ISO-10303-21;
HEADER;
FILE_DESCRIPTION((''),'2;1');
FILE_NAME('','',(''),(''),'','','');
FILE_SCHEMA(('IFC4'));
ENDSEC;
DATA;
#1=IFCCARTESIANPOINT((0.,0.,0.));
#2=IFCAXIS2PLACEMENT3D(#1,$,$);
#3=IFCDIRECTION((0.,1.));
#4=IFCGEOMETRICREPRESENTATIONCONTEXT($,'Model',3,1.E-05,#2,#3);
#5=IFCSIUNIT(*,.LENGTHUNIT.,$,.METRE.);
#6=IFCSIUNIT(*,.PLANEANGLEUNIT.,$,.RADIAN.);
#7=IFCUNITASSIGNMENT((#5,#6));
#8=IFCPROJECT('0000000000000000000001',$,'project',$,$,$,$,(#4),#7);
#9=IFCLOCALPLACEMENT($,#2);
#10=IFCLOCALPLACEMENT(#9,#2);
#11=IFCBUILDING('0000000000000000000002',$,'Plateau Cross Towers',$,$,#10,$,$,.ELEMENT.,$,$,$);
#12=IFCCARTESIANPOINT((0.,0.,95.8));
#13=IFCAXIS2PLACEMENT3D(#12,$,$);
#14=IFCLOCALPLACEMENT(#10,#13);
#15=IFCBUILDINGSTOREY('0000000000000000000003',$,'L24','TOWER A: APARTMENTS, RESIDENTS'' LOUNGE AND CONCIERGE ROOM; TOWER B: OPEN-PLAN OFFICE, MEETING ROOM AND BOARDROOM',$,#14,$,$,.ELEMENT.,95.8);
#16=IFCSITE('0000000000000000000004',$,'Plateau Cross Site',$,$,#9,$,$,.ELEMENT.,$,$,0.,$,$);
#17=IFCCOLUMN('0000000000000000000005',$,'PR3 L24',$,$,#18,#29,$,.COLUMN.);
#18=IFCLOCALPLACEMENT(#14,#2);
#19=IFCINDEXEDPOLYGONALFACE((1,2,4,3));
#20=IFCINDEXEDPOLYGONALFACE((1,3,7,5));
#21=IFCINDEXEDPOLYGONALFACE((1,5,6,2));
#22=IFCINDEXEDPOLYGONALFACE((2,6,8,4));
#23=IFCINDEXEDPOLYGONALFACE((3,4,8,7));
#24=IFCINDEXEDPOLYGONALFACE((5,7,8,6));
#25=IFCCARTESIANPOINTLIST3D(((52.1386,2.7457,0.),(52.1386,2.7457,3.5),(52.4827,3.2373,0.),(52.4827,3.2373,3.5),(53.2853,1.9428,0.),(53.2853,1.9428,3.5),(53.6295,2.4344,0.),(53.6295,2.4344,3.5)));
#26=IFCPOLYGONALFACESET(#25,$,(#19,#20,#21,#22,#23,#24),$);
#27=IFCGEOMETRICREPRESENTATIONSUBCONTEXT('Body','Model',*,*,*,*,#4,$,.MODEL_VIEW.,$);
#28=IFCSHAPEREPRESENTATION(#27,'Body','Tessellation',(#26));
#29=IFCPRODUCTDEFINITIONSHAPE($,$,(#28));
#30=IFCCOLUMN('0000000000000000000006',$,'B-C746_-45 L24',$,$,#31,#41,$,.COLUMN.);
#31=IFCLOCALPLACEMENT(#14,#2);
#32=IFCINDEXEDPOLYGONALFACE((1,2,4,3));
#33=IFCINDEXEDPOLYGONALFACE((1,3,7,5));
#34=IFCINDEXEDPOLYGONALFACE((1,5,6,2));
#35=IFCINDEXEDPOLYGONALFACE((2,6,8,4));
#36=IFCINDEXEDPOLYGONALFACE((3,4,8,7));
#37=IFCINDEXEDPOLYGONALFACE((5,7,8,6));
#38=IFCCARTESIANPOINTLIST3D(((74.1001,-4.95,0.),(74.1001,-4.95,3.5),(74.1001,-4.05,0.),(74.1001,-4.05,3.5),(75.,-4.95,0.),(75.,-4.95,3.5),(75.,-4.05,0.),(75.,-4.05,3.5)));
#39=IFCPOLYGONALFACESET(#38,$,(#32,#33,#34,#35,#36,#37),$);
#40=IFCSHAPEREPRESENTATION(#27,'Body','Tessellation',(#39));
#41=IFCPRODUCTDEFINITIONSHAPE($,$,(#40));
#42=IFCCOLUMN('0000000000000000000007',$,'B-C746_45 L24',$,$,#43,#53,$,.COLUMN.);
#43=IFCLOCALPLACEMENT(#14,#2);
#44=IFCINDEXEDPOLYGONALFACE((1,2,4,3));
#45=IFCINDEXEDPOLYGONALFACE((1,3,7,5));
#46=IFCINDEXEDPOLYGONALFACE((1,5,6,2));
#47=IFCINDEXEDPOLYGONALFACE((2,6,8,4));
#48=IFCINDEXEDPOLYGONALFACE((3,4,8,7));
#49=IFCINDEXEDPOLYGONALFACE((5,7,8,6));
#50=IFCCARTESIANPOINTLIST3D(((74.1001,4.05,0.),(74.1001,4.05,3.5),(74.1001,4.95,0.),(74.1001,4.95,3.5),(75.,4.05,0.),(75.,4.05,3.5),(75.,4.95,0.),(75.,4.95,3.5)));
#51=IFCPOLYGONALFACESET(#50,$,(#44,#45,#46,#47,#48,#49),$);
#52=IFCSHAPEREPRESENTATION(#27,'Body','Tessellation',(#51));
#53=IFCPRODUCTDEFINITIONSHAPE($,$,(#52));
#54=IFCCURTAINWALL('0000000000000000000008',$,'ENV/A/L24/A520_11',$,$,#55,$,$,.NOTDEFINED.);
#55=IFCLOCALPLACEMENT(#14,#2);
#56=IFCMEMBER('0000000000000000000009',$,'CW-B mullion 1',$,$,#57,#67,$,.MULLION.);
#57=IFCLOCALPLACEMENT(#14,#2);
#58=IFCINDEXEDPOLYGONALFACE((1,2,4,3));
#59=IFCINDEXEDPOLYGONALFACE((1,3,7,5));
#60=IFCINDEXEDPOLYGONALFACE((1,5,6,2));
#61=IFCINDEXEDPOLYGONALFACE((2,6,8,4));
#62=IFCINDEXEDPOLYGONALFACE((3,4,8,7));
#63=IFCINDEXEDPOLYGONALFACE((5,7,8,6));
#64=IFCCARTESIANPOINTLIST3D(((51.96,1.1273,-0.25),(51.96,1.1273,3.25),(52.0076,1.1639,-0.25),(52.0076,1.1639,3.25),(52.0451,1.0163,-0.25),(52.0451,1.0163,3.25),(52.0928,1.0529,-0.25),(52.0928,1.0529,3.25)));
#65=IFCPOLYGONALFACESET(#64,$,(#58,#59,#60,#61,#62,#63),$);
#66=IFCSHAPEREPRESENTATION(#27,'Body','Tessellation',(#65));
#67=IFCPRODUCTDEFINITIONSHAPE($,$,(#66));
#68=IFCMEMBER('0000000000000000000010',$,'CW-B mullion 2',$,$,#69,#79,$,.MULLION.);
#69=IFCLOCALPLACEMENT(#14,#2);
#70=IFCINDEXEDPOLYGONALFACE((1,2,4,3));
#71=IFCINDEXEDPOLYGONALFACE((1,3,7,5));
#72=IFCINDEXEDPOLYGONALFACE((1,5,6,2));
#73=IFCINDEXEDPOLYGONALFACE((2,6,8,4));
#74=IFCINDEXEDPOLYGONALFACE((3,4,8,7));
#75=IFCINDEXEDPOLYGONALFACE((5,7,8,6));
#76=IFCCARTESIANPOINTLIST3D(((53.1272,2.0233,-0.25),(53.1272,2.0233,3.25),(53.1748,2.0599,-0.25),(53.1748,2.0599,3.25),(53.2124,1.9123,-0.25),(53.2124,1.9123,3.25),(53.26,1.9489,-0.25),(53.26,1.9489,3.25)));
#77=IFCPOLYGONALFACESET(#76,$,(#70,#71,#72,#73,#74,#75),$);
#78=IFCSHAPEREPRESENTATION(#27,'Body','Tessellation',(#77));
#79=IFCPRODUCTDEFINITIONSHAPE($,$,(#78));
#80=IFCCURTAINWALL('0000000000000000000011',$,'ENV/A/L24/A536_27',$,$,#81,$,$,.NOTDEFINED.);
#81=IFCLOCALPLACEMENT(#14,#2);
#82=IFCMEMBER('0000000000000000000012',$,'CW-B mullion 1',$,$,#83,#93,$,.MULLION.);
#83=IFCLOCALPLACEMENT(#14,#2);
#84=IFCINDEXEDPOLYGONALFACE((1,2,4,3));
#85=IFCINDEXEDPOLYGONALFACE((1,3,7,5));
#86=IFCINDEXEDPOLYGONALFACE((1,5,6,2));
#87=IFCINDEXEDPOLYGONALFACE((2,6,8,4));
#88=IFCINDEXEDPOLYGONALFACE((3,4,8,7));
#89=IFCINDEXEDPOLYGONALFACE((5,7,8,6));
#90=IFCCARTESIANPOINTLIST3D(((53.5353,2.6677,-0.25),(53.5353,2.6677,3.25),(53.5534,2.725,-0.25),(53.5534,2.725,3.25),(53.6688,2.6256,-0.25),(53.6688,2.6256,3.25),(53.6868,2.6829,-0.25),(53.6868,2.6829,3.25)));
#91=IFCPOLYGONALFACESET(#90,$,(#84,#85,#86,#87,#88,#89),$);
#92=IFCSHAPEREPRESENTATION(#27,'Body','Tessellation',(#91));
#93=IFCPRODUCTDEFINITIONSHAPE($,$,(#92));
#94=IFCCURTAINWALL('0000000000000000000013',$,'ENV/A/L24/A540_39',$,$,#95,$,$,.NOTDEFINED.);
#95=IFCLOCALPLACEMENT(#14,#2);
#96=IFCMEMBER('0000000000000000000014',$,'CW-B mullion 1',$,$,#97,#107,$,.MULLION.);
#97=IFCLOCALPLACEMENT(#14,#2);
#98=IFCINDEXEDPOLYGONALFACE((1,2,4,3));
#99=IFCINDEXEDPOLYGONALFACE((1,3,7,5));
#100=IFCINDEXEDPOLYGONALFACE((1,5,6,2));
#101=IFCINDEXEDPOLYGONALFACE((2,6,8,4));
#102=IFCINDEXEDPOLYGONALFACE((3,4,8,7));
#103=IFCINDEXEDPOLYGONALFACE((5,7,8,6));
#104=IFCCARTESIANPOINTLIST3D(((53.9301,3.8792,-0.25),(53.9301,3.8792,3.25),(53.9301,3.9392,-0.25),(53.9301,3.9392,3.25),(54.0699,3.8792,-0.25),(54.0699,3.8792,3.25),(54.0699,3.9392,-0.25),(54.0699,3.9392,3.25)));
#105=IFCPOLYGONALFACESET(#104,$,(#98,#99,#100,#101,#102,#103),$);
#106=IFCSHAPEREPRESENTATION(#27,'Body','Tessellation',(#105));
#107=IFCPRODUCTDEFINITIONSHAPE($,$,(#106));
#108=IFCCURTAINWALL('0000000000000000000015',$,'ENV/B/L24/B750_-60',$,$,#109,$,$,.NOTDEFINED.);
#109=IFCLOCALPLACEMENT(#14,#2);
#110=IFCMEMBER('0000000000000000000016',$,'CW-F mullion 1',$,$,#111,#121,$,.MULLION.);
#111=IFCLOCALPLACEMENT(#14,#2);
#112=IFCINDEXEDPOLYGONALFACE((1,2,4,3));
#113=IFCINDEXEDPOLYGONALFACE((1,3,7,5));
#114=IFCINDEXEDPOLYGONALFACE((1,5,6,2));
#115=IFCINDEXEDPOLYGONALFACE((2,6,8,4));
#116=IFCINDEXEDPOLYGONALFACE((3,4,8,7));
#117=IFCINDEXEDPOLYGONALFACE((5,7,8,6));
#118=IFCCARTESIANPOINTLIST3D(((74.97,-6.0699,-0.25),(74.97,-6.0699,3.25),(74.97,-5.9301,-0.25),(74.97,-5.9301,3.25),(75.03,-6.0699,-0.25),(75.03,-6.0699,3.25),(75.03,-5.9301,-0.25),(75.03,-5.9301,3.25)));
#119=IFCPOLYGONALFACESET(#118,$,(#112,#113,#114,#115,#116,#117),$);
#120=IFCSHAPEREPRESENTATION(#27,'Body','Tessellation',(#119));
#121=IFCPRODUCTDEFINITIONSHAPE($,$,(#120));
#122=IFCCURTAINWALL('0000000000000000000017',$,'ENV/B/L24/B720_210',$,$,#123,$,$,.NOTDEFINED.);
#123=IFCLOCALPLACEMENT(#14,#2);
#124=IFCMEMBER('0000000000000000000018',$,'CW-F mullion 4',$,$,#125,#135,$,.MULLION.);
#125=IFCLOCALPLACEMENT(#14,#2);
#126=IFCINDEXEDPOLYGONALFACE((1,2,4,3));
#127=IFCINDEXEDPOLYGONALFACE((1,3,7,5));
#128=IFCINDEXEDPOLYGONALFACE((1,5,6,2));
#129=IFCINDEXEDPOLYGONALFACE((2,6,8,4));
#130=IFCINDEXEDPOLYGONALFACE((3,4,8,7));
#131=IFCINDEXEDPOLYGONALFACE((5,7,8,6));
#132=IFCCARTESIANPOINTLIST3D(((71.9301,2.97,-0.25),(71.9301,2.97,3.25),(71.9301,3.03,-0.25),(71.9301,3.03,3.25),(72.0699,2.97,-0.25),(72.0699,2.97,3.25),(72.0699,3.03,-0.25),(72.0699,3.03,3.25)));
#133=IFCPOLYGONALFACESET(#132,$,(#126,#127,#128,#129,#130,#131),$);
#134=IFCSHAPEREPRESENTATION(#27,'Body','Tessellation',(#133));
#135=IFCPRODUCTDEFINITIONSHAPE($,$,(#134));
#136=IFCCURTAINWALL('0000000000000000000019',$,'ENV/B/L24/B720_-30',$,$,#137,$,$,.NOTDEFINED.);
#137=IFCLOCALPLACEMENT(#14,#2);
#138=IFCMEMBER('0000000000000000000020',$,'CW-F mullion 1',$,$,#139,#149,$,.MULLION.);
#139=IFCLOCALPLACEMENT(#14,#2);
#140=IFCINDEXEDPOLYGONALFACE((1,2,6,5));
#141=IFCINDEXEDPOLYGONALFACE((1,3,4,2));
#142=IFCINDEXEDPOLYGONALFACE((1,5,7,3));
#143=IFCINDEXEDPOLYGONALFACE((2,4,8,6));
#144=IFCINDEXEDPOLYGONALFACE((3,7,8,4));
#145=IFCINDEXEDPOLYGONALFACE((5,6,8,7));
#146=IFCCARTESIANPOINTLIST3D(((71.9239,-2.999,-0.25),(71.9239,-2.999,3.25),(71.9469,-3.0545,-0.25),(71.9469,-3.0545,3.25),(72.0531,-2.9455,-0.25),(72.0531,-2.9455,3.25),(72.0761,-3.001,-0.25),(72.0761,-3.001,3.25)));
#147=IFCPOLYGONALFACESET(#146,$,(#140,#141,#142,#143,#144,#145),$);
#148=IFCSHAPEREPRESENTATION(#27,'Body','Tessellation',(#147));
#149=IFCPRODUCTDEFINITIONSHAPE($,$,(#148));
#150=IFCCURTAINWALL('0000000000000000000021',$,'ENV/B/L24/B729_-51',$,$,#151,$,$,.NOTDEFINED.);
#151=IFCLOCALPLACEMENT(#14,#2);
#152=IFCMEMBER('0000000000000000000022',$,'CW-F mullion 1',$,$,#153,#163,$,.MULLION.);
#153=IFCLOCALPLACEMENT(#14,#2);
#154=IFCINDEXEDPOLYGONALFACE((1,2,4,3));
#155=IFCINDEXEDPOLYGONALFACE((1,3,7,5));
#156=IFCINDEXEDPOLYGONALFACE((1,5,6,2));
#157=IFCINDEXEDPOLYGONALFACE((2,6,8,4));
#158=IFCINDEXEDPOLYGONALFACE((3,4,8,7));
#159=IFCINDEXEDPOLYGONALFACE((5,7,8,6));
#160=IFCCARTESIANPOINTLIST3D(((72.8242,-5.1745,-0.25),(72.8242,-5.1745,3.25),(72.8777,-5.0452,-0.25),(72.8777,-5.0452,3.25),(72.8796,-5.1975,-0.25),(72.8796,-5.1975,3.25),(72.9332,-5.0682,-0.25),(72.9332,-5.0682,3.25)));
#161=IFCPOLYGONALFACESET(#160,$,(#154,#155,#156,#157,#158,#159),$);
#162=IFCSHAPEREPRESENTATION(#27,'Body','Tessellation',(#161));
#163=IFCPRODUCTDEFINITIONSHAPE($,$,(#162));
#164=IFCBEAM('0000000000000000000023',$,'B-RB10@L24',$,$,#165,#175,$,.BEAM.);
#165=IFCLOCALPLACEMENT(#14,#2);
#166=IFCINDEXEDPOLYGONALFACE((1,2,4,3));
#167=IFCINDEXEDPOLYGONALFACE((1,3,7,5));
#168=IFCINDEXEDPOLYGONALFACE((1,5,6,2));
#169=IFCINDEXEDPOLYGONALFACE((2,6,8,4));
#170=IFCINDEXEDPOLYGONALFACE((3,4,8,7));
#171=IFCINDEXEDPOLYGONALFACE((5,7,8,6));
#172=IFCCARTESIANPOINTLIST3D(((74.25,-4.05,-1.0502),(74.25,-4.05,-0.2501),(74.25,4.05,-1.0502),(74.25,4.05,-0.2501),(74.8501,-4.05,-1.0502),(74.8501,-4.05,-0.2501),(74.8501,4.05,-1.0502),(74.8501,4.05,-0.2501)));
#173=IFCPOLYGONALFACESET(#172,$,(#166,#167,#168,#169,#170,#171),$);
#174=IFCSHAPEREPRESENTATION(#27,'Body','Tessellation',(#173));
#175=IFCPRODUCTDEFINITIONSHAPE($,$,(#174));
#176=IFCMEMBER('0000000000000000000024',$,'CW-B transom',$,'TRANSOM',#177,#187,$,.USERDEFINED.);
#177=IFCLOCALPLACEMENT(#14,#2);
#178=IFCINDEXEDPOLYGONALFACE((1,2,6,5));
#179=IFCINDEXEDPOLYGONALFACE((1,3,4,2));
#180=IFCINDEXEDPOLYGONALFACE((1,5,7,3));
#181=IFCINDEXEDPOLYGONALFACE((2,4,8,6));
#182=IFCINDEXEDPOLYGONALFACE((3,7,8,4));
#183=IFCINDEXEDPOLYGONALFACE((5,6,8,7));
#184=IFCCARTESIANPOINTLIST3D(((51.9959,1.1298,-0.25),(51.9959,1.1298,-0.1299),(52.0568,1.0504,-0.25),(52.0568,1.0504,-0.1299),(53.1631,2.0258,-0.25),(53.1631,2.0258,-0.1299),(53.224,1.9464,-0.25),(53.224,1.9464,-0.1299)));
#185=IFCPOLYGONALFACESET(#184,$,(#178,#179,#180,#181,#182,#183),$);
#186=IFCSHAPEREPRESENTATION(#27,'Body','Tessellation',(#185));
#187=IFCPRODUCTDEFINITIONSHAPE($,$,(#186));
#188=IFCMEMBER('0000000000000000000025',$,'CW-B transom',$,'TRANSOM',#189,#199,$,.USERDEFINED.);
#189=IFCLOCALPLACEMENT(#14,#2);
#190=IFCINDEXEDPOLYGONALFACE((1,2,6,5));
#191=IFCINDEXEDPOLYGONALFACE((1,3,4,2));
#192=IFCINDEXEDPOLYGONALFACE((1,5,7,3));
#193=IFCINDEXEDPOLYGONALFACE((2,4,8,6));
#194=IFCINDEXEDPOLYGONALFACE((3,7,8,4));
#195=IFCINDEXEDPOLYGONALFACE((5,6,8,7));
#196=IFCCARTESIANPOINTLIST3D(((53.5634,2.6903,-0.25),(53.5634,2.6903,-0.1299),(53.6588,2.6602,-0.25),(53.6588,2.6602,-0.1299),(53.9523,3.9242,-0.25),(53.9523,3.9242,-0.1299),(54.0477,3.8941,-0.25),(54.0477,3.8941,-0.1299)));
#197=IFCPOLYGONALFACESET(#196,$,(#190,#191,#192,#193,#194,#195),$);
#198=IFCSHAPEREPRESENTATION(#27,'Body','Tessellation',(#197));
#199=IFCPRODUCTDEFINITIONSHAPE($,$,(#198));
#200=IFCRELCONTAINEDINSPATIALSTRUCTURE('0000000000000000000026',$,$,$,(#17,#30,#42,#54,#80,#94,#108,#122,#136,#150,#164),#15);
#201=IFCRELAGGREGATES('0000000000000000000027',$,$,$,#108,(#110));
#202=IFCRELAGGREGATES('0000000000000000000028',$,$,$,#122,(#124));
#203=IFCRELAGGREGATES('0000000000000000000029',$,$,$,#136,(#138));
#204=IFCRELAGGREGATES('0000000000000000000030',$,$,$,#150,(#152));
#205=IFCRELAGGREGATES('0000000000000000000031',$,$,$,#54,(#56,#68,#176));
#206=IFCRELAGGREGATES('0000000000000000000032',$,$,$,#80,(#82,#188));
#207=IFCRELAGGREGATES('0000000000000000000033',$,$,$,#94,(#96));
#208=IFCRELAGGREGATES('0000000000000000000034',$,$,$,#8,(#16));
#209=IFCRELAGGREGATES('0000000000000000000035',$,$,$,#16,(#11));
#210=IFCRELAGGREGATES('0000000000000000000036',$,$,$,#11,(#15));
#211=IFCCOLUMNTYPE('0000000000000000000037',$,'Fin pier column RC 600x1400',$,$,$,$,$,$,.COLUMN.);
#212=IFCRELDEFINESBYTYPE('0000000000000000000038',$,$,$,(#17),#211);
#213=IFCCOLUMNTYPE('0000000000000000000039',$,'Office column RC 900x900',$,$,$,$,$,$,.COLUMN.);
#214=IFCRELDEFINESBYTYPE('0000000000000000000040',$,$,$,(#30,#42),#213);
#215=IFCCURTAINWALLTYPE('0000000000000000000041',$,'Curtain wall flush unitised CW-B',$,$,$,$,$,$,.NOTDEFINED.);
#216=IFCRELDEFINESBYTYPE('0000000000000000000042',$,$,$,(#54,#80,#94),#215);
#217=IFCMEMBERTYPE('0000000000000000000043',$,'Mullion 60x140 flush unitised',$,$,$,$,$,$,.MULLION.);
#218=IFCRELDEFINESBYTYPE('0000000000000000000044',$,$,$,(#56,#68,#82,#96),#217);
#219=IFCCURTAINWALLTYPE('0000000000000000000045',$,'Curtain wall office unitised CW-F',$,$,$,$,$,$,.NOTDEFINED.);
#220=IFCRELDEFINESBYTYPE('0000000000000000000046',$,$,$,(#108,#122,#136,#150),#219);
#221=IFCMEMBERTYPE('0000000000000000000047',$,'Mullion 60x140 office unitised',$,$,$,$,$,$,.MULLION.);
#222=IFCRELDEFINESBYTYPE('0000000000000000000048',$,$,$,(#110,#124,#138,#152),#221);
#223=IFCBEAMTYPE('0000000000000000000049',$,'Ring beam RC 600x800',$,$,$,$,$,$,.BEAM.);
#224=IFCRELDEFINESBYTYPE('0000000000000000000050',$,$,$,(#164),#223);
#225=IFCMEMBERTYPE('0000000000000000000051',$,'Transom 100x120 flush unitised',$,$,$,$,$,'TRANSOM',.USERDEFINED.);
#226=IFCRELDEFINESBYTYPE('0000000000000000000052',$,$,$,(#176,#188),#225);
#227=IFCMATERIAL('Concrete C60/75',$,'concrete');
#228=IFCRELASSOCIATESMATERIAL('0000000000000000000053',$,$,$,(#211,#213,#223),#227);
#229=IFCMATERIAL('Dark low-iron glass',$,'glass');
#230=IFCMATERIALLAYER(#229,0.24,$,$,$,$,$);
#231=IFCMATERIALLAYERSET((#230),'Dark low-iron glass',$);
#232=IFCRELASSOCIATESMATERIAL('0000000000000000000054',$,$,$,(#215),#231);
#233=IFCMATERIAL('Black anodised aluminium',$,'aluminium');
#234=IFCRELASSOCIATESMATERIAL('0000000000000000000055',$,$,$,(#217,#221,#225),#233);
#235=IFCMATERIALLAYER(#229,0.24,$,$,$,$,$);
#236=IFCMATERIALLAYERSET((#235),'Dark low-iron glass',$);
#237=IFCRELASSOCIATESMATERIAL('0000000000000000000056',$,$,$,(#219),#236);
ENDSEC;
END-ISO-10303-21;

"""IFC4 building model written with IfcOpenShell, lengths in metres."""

from ifc_helpers import new_model, si_unit, direction, frame, origin, origin_2d, place, context, subcontext, project, spatial, rectangle, extrude, material, layer, layer_set, material_profile, profile_set, type_object, element, aggregate, save


model = new_model("IFC4")

# Units and contexts
model_context = context("Model", 3, precision=1e-05, world=origin(), true_north=direction((0.0, 1.0)))
body_context = subcontext(model_context, "Body", "Model", "MODEL_VIEW")
ifc_project = project(units=[si_unit("LENGTHUNIT", "METRE"), si_unit("PLANEANGLEUNIT", "RADIAN")], contexts=[model_context])

# Site, building, storey
site_placement = place(None, origin())
site = spatial("IfcSite", under=ifc_project, at=site_placement, Name="Plateau Cross Site", CompositionType="ELEMENT", RefElevation=0.0)
building_placement = place(site_placement, origin())
building = spatial("IfcBuilding", under=site, at=building_placement, Name="Plateau Cross Towers", CompositionType="ELEMENT")
storey_placement = place(building_placement, frame((0.0, 0.0, 95.8)))
storey = spatial("IfcBuildingStorey", under=building, at=storey_placement, Name="L24", Description="TOWER A: APARTMENTS, RESIDENTS' LOUNGE AND CONCIERGE ROOM; TOWER B: OPEN-PLAN OFFICE, MEETING ROOM AND BOARDROOM", CompositionType="ELEMENT", Elevation=95.8)

# Columns
ifc_material_1 = material(Name="Concrete C60/75", Category="concrete")
ifc_material_profile_1 = material_profile(ifc_material_1, rectangle(XDim=0.6001, YDim=1.3999, at=origin_2d()), Name="RC 600x1400")
ifc_profile_set_1 = profile_set([ifc_material_profile_1], Name="Concrete C60/75")
column_type_1 = type_object("IfcColumnType", Name="Fin pier column RC 600x1400", PredefinedType="COLUMN", material=ifc_profile_set_1)
column_placement = place(storey_placement, frame((52.884, 2.5901, 0.0), z_axis=(0.0, 0.0, 1.0), x_axis=(0.573543, 0.819176, 0.0)))
element("IfcColumn", 1, at=column_placement, inside=storey, type_object=column_type_1, Name="PR3 L24", PredefinedType="COLUMN", context=body_context, shape_type="SweptSolid", body=[
    extrude(rectangle(XDim=0.6001, YDim=1.3999, at=origin_2d()), origin(), (0.0, 0.0, 1.0), 3.5),
])
ifc_material_profile_2 = material_profile(ifc_material_1, rectangle(XDim=0.8999, YDim=0.8999, at=origin_2d()), Name="RC 900x900")
ifc_profile_set_2 = profile_set([ifc_material_profile_2], Name="Concrete C60/75")
column_type_2 = type_object("IfcColumnType", Name="Office column RC 900x900", PredefinedType="COLUMN", material=ifc_profile_set_2)
for number, where, z_axis, x_axis, name in (
    (2, (74.55, -4.5, 0.0), (0.0, 0.0, 1.0), (1.0, 0.0, 0.0), "B-C746_-45 L24"),
    (3, (74.55, 4.5, 0.0), (0.0, 0.0, 1.0), (1.0, 0.0, 0.0), "B-C746_45 L24"),
):
    element("IfcColumn", number, at=place(storey_placement, frame(where, z_axis=z_axis, x_axis=x_axis)), inside=storey, type_object=column_type_2, Name=name, PredefinedType="COLUMN", context=body_context, shape_type="SweptSolid", body=[
        extrude(rectangle(XDim=0.8999, YDim=0.8999, at=origin_2d()), origin(), (0.0, 0.0, 1.0), 3.5),
    ])

# Curtain wall, members
ifc_material_2 = material(Name="Dark low-iron glass", Category="glass")
ifc_layer_1 = layer(ifc_material_2, 0.24)
ifc_layer_set_1 = layer_set([ifc_layer_1], Name="Dark low-iron glass")
curtain_wall_type_1 = type_object("IfcCurtainWallType", Name="Curtain wall flush unitised CW-B", PredefinedType="NOTDEFINED", material=ifc_layer_set_1)
curtain_wall_1_placement = place(storey_placement, origin())
curtain_wall_1 = element("IfcCurtainWall", 4, at=curtain_wall_1_placement, inside=storey, type_object=curtain_wall_type_1, Name="ENV/A/L24/A520_11", PredefinedType="NOTDEFINED")
ifc_material_3 = material(Name="Black anodised aluminium", Category="aluminium")
ifc_material_profile_3 = material_profile(ifc_material_3, rectangle(XDim=0.0601, YDim=0.1399, at=origin_2d()), Name="MULLION 60x140")
ifc_profile_set_3 = profile_set([ifc_material_profile_3], Name="Black anodised aluminium")
member_type_1 = type_object("IfcMemberType", Name="Mullion 60x140 flush unitised", PredefinedType="MULLION", material=ifc_profile_set_3)
member_1_placement = place(storey_placement, frame((52.0264, 1.0901, -0.25), z_axis=(0.0, 0.0, 1.0), x_axis=(0.793316, 0.608811, 0.0)))
member_1 = element("IfcMember", 5, at=member_1_placement, type_object=member_type_1, Name="CW-B mullion 1", PredefinedType="MULLION", context=body_context, shape_type="SweptSolid", body=[
    extrude(rectangle(XDim=0.0601, YDim=0.1399, at=origin_2d()), origin(), (0.0, 0.0, 1.0), 3.5),
])
member_2_placement = place(storey_placement, frame((53.1936, 1.9861, -0.25), z_axis=(0.0, 0.0, 1.0), x_axis=(0.793316, 0.608811, 0.0)))
member_2 = element("IfcMember", 6, at=member_2_placement, type_object=member_type_1, Name="CW-B mullion 2", PredefinedType="MULLION", context=body_context, shape_type="SweptSolid", body=[
    extrude(rectangle(XDim=0.0601, YDim=0.1399, at=origin_2d()), origin(), (0.0, 0.0, 1.0), 3.5),
])

# Curtain walls, members
curtain_wall_2_placement = place(storey_placement, origin())
curtain_wall_2 = element("IfcCurtainWall", 7, at=curtain_wall_2_placement, inside=storey, type_object=curtain_wall_type_1, Name="ENV/A/L24/A536_27", PredefinedType="NOTDEFINED")
member_3_placement = place(storey_placement, frame((53.6111, 2.6753, -0.25), z_axis=(0.0, 0.0, 1.0), x_axis=(0.300686, 0.953723, 0.0)))
member_3 = element("IfcMember", 8, at=member_3_placement, type_object=member_type_1, Name="CW-B mullion 1", PredefinedType="MULLION", context=body_context, shape_type="SweptSolid", body=[
    extrude(rectangle(XDim=0.0601, YDim=0.1399, at=origin_2d()), origin(), (0.0, 0.0, 1.0), 3.5),
])
curtain_wall_3_placement = place(storey_placement, origin())
curtain_wall_3 = element("IfcCurtainWall", 9, at=curtain_wall_3_placement, inside=storey, type_object=curtain_wall_type_1, Name="ENV/A/L24/A540_39", PredefinedType="NOTDEFINED")
member_4_placement = place(storey_placement, frame((54.0, 3.9092, -0.25), z_axis=(0.0, 0.0, 1.0), x_axis=(0.0, 1.0, 0.0)))
member_4 = element("IfcMember", 10, at=member_4_placement, type_object=member_type_1, Name="CW-B mullion 1", PredefinedType="MULLION", context=body_context, shape_type="SweptSolid", body=[
    extrude(rectangle(XDim=0.0601, YDim=0.1399, at=origin_2d()), origin(), (0.0, 0.0, 1.0), 3.5),
])
ifc_layer_2 = layer(ifc_material_2, 0.24)
ifc_layer_set_2 = layer_set([ifc_layer_2], Name="Dark low-iron glass")
curtain_wall_type_2 = type_object("IfcCurtainWallType", Name="Curtain wall office unitised CW-F", PredefinedType="NOTDEFINED", material=ifc_layer_set_2)
curtain_wall_4_placement = place(storey_placement, origin())
curtain_wall_4 = element("IfcCurtainWall", 11, at=curtain_wall_4_placement, inside=storey, type_object=curtain_wall_type_2, Name="ENV/B/L24/B750_-60", PredefinedType="NOTDEFINED")
ifc_material_profile_4 = material_profile(ifc_material_3, rectangle(XDim=0.0601, YDim=0.1399, at=origin_2d()), Name="MULLION 60x140")
ifc_profile_set_4 = profile_set([ifc_material_profile_4], Name="Black anodised aluminium")
member_type_2 = type_object("IfcMemberType", Name="Mullion 60x140 office unitised", PredefinedType="MULLION", material=ifc_profile_set_4)
member_5_placement = place(storey_placement, frame((75.0, -6.0, -0.25), z_axis=(0.0, 0.0, 1.0), x_axis=(1.0, 0.0, 0.0)))
member_5 = element("IfcMember", 12, at=member_5_placement, type_object=member_type_2, Name="CW-F mullion 1", PredefinedType="MULLION", context=body_context, shape_type="SweptSolid", body=[
    extrude(rectangle(XDim=0.0601, YDim=0.1399, at=origin_2d()), origin(), (0.0, 0.0, 1.0), 3.5),
])
curtain_wall_5_placement = place(storey_placement, origin())
curtain_wall_5 = element("IfcCurtainWall", 13, at=curtain_wall_5_placement, inside=storey, type_object=curtain_wall_type_2, Name="ENV/B/L24/B720_210", PredefinedType="NOTDEFINED")
member_6_placement = place(storey_placement, frame((72.0, 3.0, -0.25), z_axis=(0.0, 0.0, 1.0), x_axis=(0.0, -1.0, 0.0)))
member_6 = element("IfcMember", 14, at=member_6_placement, type_object=member_type_2, Name="CW-F mullion 4", PredefinedType="MULLION", context=body_context, shape_type="SweptSolid", body=[
    extrude(rectangle(XDim=0.0601, YDim=0.1399, at=origin_2d()), origin(), (0.0, 0.0, 1.0), 3.5),
])
curtain_wall_6_placement = place(storey_placement, origin())
curtain_wall_6 = element("IfcCurtainWall", 15, at=curtain_wall_6_placement, inside=storey, type_object=curtain_wall_type_2, Name="ENV/B/L24/B720_-30", PredefinedType="NOTDEFINED")
member_7_placement = place(storey_placement, frame((72.0, -3.0, -0.25), z_axis=(0.0, 0.0, 1.0), x_axis=(0.382684, -0.923879, 0.0)))
member_7 = element("IfcMember", 16, at=member_7_placement, type_object=member_type_2, Name="CW-F mullion 1", PredefinedType="MULLION", context=body_context, shape_type="SweptSolid", body=[
    extrude(rectangle(XDim=0.0601, YDim=0.1399, at=origin_2d()), origin(), (0.0, 0.0, 1.0), 3.5),
])
curtain_wall_7_placement = place(storey_placement, origin())
curtain_wall_7 = element("IfcCurtainWall", 17, at=curtain_wall_7_placement, inside=storey, type_object=curtain_wall_type_2, Name="ENV/B/L24/B729_-51", PredefinedType="NOTDEFINED")
member_8_placement = place(storey_placement, frame((72.8787, -5.1213, -0.25), z_axis=(0.0, 0.0, 1.0), x_axis=(0.923879, -0.382684, 0.0)))
member_8 = element("IfcMember", 18, at=member_8_placement, type_object=member_type_2, Name="CW-F mullion 1", PredefinedType="MULLION", context=body_context, shape_type="SweptSolid", body=[
    extrude(rectangle(XDim=0.0601, YDim=0.1399, at=origin_2d()), origin(), (0.0, 0.0, 1.0), 3.5),
])

# Beam
ifc_material_profile_5 = material_profile(ifc_material_1, rectangle(XDim=0.6001, YDim=0.8, at=origin_2d()), Name="RC 600x800")
ifc_profile_set_5 = profile_set([ifc_material_profile_5], Name="Concrete C60/75")
beam_type = type_object("IfcBeamType", Name="Ring beam RC 600x800", PredefinedType="BEAM", material=ifc_profile_set_5)
beam_placement = place(storey_placement, frame((74.55, 4.05, -0.6501), z_axis=(0.0, -1.0, 0.0), x_axis=(1.0, 0.0, 0.0)))
element("IfcBeam", 19, at=beam_placement, inside=storey, type_object=beam_type, Name="B-RB10@L24", PredefinedType="BEAM", context=body_context, shape_type="SweptSolid", body=[
    extrude(rectangle(XDim=0.6001, YDim=0.8, at=origin_2d()), origin(), (0.0, 0.0, 1.0), 8.1001),
])

# Members
ifc_material_profile_6 = material_profile(ifc_material_3, rectangle(XDim=0.1001, YDim=0.1201, at=origin_2d()), Name="TRANSOM 100x120")
ifc_profile_set_6 = profile_set([ifc_material_profile_6], Name="Black anodised aluminium")
member_type_3 = type_object("IfcMemberType", Name="Transom 100x120 flush unitised", ElementType="TRANSOM", PredefinedType="USERDEFINED", material=ifc_profile_set_6)
member_9_placement = place(storey_placement, frame((52.0264, 1.0901, -0.1899), z_axis=(0.79324, 0.608909, 0.0), x_axis=(-0.608909, 0.79324, 0.0)))
member_9 = element("IfcMember", 20, at=member_9_placement, type_object=member_type_3, Name="CW-B transom", ObjectType="TRANSOM", PredefinedType="USERDEFINED", context=body_context, shape_type="SweptSolid", body=[
    extrude(rectangle(XDim=0.1001, YDim=0.1201, at=origin_2d()), origin(), (0.0, 0.0, 1.0), 1.4714),
])
member_10_placement = place(storey_placement, frame((53.6111, 2.6753, -0.1899), z_axis=(0.300617, 0.953745, 0.0), x_axis=(-0.953745, 0.300617, 0.0)))
member_10 = element("IfcMember", 21, at=member_10_placement, type_object=member_type_3, Name="CW-B transom", ObjectType="TRANSOM", PredefinedType="USERDEFINED", context=body_context, shape_type="SweptSolid", body=[
    extrude(rectangle(XDim=0.1001, YDim=0.1201, at=origin_2d()), origin(), (0.0, 0.0, 1.0), 1.2937),
])
aggregate(curtain_wall_4, [member_5])

aggregate(curtain_wall_5, [member_6])
aggregate(curtain_wall_6, [member_7])
aggregate(curtain_wall_7, [member_8])

aggregate(curtain_wall_1, [member_1, member_2, member_9])
aggregate(curtain_wall_2, [member_3, member_10])
aggregate(curtain_wall_3, [member_4])

save(model, "model.ifc")
